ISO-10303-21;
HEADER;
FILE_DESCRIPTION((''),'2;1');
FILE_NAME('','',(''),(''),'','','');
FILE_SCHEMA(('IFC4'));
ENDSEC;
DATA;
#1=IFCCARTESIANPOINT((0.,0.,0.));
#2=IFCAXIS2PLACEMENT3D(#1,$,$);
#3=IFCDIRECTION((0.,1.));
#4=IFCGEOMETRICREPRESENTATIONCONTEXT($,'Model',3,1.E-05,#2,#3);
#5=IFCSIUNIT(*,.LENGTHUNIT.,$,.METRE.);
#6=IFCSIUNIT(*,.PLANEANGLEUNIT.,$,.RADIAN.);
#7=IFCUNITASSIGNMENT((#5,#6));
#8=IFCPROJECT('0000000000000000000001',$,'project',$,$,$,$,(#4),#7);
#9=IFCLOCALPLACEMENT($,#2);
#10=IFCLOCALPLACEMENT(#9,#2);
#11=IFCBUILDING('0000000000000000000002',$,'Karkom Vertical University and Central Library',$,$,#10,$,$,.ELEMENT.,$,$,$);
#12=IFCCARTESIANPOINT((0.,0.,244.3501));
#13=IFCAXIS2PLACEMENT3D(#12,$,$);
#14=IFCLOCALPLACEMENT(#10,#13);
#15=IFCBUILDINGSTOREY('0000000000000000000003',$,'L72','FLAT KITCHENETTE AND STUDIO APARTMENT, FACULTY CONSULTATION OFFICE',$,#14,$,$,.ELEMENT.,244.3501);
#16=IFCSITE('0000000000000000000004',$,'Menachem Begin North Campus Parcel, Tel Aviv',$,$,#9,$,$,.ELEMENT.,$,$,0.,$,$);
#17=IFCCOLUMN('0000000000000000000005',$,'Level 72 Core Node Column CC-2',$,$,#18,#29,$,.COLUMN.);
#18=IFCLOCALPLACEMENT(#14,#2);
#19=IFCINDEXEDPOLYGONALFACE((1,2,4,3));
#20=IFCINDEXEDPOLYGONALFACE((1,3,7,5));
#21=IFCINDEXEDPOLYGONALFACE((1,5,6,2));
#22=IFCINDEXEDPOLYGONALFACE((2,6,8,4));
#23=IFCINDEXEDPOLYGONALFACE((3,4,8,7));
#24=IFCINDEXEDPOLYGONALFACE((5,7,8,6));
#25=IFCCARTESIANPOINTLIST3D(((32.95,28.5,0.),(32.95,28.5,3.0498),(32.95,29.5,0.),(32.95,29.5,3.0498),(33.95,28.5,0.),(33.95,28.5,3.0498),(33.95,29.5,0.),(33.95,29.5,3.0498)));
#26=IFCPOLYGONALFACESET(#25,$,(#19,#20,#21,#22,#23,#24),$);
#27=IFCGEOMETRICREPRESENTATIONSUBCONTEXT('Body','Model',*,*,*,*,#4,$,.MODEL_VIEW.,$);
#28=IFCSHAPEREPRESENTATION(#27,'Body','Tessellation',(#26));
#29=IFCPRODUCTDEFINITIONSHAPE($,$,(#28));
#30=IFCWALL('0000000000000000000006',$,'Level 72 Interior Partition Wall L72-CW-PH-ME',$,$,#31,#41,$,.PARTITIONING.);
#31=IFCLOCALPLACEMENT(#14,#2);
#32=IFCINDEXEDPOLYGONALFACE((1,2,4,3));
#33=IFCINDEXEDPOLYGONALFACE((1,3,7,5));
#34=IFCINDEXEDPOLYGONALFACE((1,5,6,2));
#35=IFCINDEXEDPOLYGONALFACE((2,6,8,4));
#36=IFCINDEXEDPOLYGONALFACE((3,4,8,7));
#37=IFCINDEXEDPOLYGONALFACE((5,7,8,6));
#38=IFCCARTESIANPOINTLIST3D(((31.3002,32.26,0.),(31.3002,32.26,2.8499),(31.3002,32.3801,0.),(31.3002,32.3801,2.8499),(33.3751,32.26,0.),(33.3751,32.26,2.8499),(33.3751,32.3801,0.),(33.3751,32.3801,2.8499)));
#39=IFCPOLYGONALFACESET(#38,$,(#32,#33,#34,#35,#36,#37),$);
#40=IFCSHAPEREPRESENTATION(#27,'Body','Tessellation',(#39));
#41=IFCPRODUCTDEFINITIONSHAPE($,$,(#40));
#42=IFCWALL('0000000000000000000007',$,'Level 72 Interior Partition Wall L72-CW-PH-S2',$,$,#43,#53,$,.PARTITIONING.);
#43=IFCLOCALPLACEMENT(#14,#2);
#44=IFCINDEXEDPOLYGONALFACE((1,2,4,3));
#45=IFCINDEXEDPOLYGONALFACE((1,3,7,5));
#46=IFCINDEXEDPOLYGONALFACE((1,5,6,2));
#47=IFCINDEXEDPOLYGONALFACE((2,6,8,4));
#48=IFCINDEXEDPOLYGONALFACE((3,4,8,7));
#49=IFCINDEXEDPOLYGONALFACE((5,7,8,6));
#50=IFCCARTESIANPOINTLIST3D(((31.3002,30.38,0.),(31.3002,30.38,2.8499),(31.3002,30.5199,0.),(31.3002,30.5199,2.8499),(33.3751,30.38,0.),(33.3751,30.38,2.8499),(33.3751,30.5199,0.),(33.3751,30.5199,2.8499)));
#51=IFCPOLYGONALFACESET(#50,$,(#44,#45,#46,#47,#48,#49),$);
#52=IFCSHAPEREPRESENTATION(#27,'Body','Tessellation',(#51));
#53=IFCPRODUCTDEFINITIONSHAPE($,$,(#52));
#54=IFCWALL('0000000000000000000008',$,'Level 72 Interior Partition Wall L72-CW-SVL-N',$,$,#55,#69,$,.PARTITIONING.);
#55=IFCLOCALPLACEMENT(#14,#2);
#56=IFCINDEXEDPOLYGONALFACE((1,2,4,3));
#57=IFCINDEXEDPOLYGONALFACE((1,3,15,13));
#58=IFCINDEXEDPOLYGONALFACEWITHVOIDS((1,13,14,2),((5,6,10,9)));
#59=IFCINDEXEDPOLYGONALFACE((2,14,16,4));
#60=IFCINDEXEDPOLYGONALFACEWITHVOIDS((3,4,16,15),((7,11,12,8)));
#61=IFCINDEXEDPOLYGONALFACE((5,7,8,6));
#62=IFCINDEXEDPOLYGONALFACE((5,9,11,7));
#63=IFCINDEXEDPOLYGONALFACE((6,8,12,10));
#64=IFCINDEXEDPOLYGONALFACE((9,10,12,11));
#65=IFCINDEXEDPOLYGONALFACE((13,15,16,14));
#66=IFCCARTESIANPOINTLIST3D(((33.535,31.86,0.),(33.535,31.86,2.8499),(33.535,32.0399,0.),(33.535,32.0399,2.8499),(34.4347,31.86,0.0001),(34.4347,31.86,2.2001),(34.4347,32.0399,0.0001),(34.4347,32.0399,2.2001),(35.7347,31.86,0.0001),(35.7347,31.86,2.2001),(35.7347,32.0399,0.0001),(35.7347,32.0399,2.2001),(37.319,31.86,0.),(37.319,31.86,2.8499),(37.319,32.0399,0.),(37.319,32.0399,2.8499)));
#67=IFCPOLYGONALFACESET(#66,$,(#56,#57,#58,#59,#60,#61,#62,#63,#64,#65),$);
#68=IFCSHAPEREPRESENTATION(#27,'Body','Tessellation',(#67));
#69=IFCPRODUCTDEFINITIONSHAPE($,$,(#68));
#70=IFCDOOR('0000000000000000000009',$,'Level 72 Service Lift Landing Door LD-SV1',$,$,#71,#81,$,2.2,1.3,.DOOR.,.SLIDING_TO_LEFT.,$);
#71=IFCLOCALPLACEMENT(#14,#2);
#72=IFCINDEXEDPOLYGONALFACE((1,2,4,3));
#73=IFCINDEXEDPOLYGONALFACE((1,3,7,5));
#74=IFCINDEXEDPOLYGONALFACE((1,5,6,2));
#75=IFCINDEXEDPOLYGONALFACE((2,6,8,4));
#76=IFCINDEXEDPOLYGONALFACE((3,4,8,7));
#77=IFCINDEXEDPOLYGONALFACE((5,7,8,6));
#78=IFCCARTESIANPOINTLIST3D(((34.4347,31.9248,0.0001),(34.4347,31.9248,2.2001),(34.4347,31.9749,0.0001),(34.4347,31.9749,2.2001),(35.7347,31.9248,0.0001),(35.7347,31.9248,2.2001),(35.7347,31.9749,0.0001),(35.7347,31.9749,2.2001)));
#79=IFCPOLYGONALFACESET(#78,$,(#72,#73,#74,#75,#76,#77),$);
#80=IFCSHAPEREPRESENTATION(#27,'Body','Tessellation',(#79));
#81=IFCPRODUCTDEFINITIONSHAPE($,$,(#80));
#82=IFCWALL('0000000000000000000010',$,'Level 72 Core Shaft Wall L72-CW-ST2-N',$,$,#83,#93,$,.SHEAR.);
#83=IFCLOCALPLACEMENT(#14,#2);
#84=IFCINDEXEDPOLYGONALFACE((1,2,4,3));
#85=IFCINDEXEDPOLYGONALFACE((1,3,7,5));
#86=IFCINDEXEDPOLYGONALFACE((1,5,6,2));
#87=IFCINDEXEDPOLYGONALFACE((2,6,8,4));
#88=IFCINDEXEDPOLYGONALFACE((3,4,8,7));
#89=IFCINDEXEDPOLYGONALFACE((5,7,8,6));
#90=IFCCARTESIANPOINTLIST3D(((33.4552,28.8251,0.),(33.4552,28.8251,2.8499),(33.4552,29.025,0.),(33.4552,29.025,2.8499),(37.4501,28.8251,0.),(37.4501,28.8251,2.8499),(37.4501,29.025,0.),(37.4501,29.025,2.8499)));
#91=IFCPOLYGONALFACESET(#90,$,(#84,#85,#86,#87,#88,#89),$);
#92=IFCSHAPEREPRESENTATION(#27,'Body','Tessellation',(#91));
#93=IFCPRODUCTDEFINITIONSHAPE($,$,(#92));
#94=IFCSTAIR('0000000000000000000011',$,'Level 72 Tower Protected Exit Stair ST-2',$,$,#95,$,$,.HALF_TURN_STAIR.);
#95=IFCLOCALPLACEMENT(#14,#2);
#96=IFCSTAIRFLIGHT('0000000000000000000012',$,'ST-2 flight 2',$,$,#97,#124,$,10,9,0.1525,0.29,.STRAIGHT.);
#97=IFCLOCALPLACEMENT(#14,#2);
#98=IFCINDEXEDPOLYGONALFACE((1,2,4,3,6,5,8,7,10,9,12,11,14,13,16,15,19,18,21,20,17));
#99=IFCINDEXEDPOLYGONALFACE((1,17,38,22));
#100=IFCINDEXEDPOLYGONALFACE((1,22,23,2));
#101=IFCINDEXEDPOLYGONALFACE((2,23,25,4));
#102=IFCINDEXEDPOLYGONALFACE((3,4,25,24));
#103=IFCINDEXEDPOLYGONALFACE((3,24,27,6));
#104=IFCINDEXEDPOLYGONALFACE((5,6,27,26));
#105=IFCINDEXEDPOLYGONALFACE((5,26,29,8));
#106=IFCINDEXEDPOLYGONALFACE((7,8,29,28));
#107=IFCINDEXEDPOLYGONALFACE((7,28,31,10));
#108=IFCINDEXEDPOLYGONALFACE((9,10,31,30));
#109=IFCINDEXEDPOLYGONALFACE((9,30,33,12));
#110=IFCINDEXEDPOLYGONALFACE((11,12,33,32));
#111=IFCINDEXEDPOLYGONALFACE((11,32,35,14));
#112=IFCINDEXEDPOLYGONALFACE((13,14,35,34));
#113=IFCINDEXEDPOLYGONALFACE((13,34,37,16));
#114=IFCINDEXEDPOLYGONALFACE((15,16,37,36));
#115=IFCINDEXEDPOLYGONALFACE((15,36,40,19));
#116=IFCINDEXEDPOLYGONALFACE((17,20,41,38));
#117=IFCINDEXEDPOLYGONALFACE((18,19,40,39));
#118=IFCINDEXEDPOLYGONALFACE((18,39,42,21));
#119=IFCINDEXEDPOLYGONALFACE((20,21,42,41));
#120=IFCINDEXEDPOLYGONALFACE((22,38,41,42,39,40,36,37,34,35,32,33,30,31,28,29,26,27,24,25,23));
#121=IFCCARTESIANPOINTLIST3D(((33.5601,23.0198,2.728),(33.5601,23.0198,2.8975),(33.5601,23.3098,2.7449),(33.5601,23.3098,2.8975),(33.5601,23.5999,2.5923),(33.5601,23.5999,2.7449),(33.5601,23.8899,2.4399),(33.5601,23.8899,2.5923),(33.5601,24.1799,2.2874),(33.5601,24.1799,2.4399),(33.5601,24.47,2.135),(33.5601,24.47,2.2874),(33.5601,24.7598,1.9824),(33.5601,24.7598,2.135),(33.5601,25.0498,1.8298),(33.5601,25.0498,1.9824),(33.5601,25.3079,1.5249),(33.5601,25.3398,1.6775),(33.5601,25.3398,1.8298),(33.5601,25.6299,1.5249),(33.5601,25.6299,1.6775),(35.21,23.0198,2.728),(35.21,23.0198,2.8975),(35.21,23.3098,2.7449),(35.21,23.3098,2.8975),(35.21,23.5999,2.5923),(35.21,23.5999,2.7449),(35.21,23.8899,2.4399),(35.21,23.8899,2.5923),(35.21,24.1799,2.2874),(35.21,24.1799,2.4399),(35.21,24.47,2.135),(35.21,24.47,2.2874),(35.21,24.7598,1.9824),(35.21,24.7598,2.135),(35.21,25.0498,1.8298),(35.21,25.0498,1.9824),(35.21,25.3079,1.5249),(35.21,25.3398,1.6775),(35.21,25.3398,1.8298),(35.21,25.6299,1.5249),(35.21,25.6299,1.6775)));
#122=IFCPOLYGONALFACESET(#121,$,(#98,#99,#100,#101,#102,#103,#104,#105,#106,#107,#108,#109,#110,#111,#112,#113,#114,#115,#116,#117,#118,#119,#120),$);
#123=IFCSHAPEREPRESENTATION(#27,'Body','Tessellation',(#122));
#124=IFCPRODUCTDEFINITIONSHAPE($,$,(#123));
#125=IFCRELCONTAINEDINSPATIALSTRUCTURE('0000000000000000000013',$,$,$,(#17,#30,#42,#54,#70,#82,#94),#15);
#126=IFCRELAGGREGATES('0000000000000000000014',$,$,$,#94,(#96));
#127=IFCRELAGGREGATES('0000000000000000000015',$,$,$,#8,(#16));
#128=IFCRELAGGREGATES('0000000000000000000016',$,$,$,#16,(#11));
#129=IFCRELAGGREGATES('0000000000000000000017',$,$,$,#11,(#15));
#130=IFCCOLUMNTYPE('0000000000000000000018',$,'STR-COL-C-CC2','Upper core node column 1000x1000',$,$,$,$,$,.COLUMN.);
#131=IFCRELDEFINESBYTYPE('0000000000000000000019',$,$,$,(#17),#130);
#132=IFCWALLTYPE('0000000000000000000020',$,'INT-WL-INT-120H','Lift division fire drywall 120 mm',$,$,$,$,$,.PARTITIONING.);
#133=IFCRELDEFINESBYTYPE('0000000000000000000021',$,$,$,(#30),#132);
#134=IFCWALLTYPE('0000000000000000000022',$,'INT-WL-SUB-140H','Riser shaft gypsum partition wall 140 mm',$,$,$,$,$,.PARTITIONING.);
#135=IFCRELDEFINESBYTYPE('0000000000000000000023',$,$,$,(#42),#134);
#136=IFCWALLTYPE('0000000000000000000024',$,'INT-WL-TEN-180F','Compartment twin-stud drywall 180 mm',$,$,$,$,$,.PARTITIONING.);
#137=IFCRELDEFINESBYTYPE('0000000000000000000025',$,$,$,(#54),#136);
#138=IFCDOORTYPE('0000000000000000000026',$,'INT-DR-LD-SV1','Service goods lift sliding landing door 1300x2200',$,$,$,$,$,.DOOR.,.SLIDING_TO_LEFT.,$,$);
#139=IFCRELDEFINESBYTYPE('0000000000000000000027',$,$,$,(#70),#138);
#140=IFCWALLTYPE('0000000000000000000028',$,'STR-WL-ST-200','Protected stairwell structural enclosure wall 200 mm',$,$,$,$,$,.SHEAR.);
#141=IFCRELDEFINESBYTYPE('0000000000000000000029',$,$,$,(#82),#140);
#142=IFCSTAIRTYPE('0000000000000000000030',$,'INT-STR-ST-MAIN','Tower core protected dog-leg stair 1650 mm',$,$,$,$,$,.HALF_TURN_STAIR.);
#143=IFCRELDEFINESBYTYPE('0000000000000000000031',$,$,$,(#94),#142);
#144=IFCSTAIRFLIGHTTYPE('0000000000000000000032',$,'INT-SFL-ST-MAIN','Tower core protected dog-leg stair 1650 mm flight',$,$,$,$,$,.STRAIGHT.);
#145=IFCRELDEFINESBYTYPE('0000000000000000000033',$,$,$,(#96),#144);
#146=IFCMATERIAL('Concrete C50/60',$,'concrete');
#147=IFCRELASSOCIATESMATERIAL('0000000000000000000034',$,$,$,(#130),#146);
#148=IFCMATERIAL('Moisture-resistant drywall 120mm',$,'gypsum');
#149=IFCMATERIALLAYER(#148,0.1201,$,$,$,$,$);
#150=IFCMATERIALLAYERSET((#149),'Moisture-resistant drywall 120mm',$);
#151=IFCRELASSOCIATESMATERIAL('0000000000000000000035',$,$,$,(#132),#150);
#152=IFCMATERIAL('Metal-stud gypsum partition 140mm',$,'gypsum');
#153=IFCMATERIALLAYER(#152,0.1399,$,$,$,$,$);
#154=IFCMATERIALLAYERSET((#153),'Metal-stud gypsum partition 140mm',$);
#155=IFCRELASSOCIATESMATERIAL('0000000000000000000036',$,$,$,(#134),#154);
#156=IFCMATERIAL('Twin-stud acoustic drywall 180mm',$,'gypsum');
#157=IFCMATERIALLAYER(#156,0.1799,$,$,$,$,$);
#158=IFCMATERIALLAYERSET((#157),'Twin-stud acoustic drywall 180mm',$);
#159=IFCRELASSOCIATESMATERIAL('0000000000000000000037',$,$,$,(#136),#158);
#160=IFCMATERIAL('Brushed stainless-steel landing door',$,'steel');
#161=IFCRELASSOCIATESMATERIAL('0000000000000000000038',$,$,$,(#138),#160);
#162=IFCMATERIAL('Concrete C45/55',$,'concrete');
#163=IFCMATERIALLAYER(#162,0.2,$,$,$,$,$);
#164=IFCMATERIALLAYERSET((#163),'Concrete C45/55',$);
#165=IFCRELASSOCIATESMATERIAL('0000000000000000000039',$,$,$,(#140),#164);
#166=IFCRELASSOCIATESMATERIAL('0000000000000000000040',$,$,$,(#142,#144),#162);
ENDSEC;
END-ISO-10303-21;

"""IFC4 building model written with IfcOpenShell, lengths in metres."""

from ifc_helpers import new_model, si_unit, direction, frame, frame_2d, origin, origin_with_axes, origin_2d, place, context, subcontext, project, spatial, polyline, rectangle, outline, extrude, source, transform, mapped, material, layer, layer_set, material_profile, profile_set, type_object, element, fill, aggregate, save


model = new_model("IFC4")

# Units and contexts
model_context = context("Model", 3, precision=1e-05, world=origin(), true_north=direction((0.0, 1.0)))
body_context = subcontext(model_context, "Body", "Model", "MODEL_VIEW")
ifc_project = project(units=[si_unit("LENGTHUNIT", "METRE"), si_unit("PLANEANGLEUNIT", "RADIAN")], contexts=[model_context])

# Site, building, storey
site_placement = place(None, origin())
site = spatial("IfcSite", under=ifc_project, at=site_placement, Name="Menachem Begin North Campus Parcel, Tel Aviv", CompositionType="ELEMENT", RefElevation=0.0)
building_placement = place(site_placement, origin())
building = spatial("IfcBuilding", under=site, at=building_placement, Name="Karkom Vertical University and Central Library", CompositionType="ELEMENT")
storey_placement = place(building_placement, frame((0.0, 0.0, 244.3501)))
storey = spatial("IfcBuildingStorey", under=building, at=storey_placement, Name="L72", Description="FLAT KITCHENETTE AND STUDIO APARTMENT, FACULTY CONSULTATION OFFICE", CompositionType="ELEMENT", Elevation=244.3501)

# Column
ifc_material_1 = material(Name="Concrete C50/60", Category="concrete")
ifc_material_profile = material_profile(ifc_material_1, rectangle(XDim=1.0, YDim=1.0, at=origin_2d()), Name="RC-1000x1000")
ifc_profile_set = profile_set([ifc_material_profile], Name="Concrete C50/60")
column_type = type_object("IfcColumnType", Name="STR-COL-C-CC2", Description="Upper core node column 1000x1000", PredefinedType="COLUMN", material=ifc_profile_set)
shared_shape_1 = source(origin_with_axes(), body_context, "Body", "SweptSolid", [
    extrude(rectangle(XDim=1.0, YDim=1.0, at=origin_2d()), origin(), (0.0, 0.0, 1.0), 3.0498),
])
column_placement = place(storey_placement, frame((33.45, 29.0, 0.0), z_axis=(0.0, 0.0, 1.0), x_axis=(1.0, 0.0, 0.0)))
element("IfcColumn", 1, at=column_placement, inside=storey, type_object=column_type, Name="Level 72 Core Node Column CC-2", PredefinedType="COLUMN", context=body_context, shape_type="MappedRepresentation", body=[
    mapped(shared_shape_1, transform((0.0, 0.0, 0.0), scale=1.0)),
])

# Wall
ifc_material_2 = material(Name="Moisture-resistant drywall 120mm", Category="gypsum")
ifc_layer_1 = layer(ifc_material_2, 0.1201)
ifc_layer_set_1 = layer_set([ifc_layer_1], Name="Moisture-resistant drywall 120mm")
wall_type_1 = type_object("IfcWallType", Name="INT-WL-INT-120H", Description="Lift division fire drywall 120 mm", PredefinedType="PARTITIONING", material=ifc_layer_set_1)
wall_1_placement = place(storey_placement, frame((31.3, 32.3201, 0.0), z_axis=(0.0, 0.0, 1.0), x_axis=(1.0, 0.0, 0.0)))
element("IfcWall", 2, at=wall_1_placement, inside=storey, type_object=wall_type_1, Name="Level 72 Interior Partition Wall L72-CW-PH-ME", PredefinedType="PARTITIONING", context=body_context, shape_type="SweptSolid", body=[
    extrude(rectangle(XDim=2.075, YDim=0.1201, at=frame_2d((1.0376, 0.0))), origin(), (0.0, 0.0, 1.0), 2.8499),
])

# Shared definitions
ifc_material_3 = material(Name="Metal-stud gypsum partition 140mm", Category="gypsum")
ifc_layer_2 = layer(ifc_material_3, 0.1399)
ifc_layer_set_2 = layer_set([ifc_layer_2], Name="Metal-stud gypsum partition 140mm")
wall_type_2 = type_object("IfcWallType", Name="INT-WL-SUB-140H", Description="Riser shaft gypsum partition wall 140 mm", PredefinedType="PARTITIONING", material=ifc_layer_set_2)
ifc_material_4 = material(Name="Brushed stainless-steel landing door", Category="steel")

# Wall
wall_2_placement = place(storey_placement, frame((31.3, 30.45, 0.0), z_axis=(0.0, 0.0, 1.0), x_axis=(1.0, 0.0, 0.0)))
element("IfcWall", 3, at=wall_2_placement, inside=storey, type_object=wall_type_2, Name="Level 72 Interior Partition Wall L72-CW-PH-S2", PredefinedType="PARTITIONING", context=body_context, shape_type="SweptSolid", body=[
    extrude(rectangle(XDim=2.075, YDim=0.1399, at=frame_2d((1.0376, 0.0))), origin(), (0.0, 0.0, 1.0), 2.8499),
])

# Wall, opening, door
ifc_material_5 = material(Name="Twin-stud acoustic drywall 180mm", Category="gypsum")
ifc_layer_3 = layer(ifc_material_5, 0.1799)
ifc_layer_set_3 = layer_set([ifc_layer_3], Name="Twin-stud acoustic drywall 180mm")
wall_type_3 = type_object("IfcWallType", Name="INT-WL-TEN-180F", Description="Compartment twin-stud drywall 180 mm", PredefinedType="PARTITIONING", material=ifc_layer_set_3)
wall_3_placement = place(storey_placement, frame((33.5349, 31.95, 0.0), z_axis=(0.0, 0.0, 1.0), x_axis=(1.0, 0.0, 0.0)))
wall_3 = element("IfcWall", 4, at=wall_3_placement, inside=storey, type_object=wall_type_3, Name="Level 72 Interior Partition Wall L72-CW-SVL-N", PredefinedType="PARTITIONING", context=body_context, shape_type="SweptSolid", body=[
    extrude(rectangle(XDim=3.7839, YDim=0.1799, at=frame_2d((1.8921, 0.0))), origin(), (0.0, 0.0, 1.0), 2.8499),
])
opening_1_placement = place(wall_3_placement, frame((0.8999, 0.0, 0.0)))
opening_1 = element("IfcOpeningElement", 5, at=opening_1_placement, cuts=wall_3, PredefinedType="OPENING", context=body_context, shape_type="SweptSolid", body=[
    extrude(rectangle(XDim=1.3, YDim=2.2, at=frame_2d((0.6499, 1.1001))), frame((0.0, 0.1001, 0.0), z_axis=(0.0, -1.0, 0.0), x_axis=(1.0, 0.0, 0.0)), (0.0, 0.0, 1.0), 0.2),
])
door_type_1 = type_object("IfcDoorType", Name="INT-DR-LD-SV1", Description="Service goods lift sliding landing door 1300x2200", OperationType="SLIDING_TO_LEFT", PredefinedType="DOOR", material=ifc_material_4)
shared_shape_2 = source(origin_with_axes(), body_context, "Body", "SweptSolid", [
    extrude(rectangle(XDim=1.3, YDim=2.2, at=frame_2d((0.6499, 1.1001))), frame((0.0, 0.0249, 0.0), z_axis=(0.0, -1.0, 0.0), x_axis=(1.0, 0.0, 0.0)), (0.0, 0.0, 1.0), 0.05),
])
door_1_placement = place(opening_1_placement, origin())
door_1 = element("IfcDoor", 6, at=door_1_placement, inside=storey, type_object=door_type_1, Name="Level 72 Service Lift Landing Door LD-SV1", OperationType="SLIDING_TO_LEFT", OverallHeight=2.2, OverallWidth=1.3, PredefinedType="DOOR", context=body_context, shape_type="MappedRepresentation", body=[
    mapped(shared_shape_2, transform((0.0, 0.0, 0.0), scale=1.0)),
])
fill(opening_1, door_1)

# Wall
ifc_material_6 = material(Name="Concrete C45/55", Category="concrete")
ifc_layer_4 = layer(ifc_material_6, 0.2)
ifc_layer_set_4 = layer_set([ifc_layer_4], Name="Concrete C45/55")
wall_type_4 = type_object("IfcWallType", Name="STR-WL-ST-200", Description="Protected stairwell structural enclosure wall 200 mm", PredefinedType="SHEAR", material=ifc_layer_set_4)
wall_4_placement = place(storey_placement, frame((33.4551, 28.925, 0.0), z_axis=(0.0, 0.0, 1.0), x_axis=(1.0, 0.0, 0.0)))
element("IfcWall", 7, at=wall_4_placement, inside=storey, type_object=wall_type_4, Name="Level 72 Core Shaft Wall L72-CW-ST2-N", PredefinedType="SHEAR", context=body_context, shape_type="SweptSolid", body=[
    extrude(rectangle(XDim=3.9949, YDim=0.2, at=frame_2d((1.9976, 0.0))), origin(), (0.0, 0.0, 1.0), 2.8499),
])

# Stair, stair flight
stair_type = type_object("IfcStairType", Name="INT-STR-ST-MAIN", Description="Tower core protected dog-leg stair 1650 mm", PredefinedType="HALF_TURN_STAIR", material=ifc_material_6)
stair_placement = place(storey_placement, origin())
stair = element("IfcStair", 8, at=stair_placement, inside=storey, type_object=stair_type, Name="Level 72 Tower Protected Exit Stair ST-2", PredefinedType="HALF_TURN_STAIR")
stair_flight_type = type_object("IfcStairFlightType", Name="INT-SFL-ST-MAIN", Description="Tower core protected dog-leg stair 1650 mm flight", PredefinedType="STRAIGHT", material=ifc_material_6)
stair_flight_placement = place(storey_placement, frame((34.385, 25.6299, 1.5249), z_axis=(0.0, 0.0, 1.0), x_axis=(0.0, -1.0, 0.0)))
stair_flight = element("IfcStairFlight", 9, at=stair_flight_placement, type_object=stair_flight_type, Name="ST-2 flight 2", NumberOfRisers=10, NumberOfTreads=9, PredefinedType="STRAIGHT", RiserHeight=0.1525, TreadLength=0.29, context=body_context, shape_type="SweptSolid", body=[
    extrude(outline(polyline([(0.0, 0.0), (0.0, 0.1526), (0.29, 0.1526), (0.29, 0.3049), (0.5801, 0.3049), (0.5801, 0.4575), (0.8701, 0.4575), (0.8701, 0.6101), (1.1599, 0.6101), (1.1599, 0.7625), (1.45, 0.7625), (1.45, 0.915), (1.74, 0.915), (1.74, 1.0674), (2.03, 1.0674), (2.03, 1.22), (2.3201, 1.22), (2.3201, 1.3726), (2.6101, 1.3726), (2.6101, 1.5249), (2.6101, 1.2031), (0.322, 0.0), (0.0, 0.0)])), frame((0.0, 0.825, 0.0), z_axis=(0.0, -1.0, 0.0), x_axis=(1.0, 0.0, 0.0)), (0.0, 0.0, 1.0), 1.6499),
])
aggregate(stair, [stair_flight])

save(model, "model.ifc")
